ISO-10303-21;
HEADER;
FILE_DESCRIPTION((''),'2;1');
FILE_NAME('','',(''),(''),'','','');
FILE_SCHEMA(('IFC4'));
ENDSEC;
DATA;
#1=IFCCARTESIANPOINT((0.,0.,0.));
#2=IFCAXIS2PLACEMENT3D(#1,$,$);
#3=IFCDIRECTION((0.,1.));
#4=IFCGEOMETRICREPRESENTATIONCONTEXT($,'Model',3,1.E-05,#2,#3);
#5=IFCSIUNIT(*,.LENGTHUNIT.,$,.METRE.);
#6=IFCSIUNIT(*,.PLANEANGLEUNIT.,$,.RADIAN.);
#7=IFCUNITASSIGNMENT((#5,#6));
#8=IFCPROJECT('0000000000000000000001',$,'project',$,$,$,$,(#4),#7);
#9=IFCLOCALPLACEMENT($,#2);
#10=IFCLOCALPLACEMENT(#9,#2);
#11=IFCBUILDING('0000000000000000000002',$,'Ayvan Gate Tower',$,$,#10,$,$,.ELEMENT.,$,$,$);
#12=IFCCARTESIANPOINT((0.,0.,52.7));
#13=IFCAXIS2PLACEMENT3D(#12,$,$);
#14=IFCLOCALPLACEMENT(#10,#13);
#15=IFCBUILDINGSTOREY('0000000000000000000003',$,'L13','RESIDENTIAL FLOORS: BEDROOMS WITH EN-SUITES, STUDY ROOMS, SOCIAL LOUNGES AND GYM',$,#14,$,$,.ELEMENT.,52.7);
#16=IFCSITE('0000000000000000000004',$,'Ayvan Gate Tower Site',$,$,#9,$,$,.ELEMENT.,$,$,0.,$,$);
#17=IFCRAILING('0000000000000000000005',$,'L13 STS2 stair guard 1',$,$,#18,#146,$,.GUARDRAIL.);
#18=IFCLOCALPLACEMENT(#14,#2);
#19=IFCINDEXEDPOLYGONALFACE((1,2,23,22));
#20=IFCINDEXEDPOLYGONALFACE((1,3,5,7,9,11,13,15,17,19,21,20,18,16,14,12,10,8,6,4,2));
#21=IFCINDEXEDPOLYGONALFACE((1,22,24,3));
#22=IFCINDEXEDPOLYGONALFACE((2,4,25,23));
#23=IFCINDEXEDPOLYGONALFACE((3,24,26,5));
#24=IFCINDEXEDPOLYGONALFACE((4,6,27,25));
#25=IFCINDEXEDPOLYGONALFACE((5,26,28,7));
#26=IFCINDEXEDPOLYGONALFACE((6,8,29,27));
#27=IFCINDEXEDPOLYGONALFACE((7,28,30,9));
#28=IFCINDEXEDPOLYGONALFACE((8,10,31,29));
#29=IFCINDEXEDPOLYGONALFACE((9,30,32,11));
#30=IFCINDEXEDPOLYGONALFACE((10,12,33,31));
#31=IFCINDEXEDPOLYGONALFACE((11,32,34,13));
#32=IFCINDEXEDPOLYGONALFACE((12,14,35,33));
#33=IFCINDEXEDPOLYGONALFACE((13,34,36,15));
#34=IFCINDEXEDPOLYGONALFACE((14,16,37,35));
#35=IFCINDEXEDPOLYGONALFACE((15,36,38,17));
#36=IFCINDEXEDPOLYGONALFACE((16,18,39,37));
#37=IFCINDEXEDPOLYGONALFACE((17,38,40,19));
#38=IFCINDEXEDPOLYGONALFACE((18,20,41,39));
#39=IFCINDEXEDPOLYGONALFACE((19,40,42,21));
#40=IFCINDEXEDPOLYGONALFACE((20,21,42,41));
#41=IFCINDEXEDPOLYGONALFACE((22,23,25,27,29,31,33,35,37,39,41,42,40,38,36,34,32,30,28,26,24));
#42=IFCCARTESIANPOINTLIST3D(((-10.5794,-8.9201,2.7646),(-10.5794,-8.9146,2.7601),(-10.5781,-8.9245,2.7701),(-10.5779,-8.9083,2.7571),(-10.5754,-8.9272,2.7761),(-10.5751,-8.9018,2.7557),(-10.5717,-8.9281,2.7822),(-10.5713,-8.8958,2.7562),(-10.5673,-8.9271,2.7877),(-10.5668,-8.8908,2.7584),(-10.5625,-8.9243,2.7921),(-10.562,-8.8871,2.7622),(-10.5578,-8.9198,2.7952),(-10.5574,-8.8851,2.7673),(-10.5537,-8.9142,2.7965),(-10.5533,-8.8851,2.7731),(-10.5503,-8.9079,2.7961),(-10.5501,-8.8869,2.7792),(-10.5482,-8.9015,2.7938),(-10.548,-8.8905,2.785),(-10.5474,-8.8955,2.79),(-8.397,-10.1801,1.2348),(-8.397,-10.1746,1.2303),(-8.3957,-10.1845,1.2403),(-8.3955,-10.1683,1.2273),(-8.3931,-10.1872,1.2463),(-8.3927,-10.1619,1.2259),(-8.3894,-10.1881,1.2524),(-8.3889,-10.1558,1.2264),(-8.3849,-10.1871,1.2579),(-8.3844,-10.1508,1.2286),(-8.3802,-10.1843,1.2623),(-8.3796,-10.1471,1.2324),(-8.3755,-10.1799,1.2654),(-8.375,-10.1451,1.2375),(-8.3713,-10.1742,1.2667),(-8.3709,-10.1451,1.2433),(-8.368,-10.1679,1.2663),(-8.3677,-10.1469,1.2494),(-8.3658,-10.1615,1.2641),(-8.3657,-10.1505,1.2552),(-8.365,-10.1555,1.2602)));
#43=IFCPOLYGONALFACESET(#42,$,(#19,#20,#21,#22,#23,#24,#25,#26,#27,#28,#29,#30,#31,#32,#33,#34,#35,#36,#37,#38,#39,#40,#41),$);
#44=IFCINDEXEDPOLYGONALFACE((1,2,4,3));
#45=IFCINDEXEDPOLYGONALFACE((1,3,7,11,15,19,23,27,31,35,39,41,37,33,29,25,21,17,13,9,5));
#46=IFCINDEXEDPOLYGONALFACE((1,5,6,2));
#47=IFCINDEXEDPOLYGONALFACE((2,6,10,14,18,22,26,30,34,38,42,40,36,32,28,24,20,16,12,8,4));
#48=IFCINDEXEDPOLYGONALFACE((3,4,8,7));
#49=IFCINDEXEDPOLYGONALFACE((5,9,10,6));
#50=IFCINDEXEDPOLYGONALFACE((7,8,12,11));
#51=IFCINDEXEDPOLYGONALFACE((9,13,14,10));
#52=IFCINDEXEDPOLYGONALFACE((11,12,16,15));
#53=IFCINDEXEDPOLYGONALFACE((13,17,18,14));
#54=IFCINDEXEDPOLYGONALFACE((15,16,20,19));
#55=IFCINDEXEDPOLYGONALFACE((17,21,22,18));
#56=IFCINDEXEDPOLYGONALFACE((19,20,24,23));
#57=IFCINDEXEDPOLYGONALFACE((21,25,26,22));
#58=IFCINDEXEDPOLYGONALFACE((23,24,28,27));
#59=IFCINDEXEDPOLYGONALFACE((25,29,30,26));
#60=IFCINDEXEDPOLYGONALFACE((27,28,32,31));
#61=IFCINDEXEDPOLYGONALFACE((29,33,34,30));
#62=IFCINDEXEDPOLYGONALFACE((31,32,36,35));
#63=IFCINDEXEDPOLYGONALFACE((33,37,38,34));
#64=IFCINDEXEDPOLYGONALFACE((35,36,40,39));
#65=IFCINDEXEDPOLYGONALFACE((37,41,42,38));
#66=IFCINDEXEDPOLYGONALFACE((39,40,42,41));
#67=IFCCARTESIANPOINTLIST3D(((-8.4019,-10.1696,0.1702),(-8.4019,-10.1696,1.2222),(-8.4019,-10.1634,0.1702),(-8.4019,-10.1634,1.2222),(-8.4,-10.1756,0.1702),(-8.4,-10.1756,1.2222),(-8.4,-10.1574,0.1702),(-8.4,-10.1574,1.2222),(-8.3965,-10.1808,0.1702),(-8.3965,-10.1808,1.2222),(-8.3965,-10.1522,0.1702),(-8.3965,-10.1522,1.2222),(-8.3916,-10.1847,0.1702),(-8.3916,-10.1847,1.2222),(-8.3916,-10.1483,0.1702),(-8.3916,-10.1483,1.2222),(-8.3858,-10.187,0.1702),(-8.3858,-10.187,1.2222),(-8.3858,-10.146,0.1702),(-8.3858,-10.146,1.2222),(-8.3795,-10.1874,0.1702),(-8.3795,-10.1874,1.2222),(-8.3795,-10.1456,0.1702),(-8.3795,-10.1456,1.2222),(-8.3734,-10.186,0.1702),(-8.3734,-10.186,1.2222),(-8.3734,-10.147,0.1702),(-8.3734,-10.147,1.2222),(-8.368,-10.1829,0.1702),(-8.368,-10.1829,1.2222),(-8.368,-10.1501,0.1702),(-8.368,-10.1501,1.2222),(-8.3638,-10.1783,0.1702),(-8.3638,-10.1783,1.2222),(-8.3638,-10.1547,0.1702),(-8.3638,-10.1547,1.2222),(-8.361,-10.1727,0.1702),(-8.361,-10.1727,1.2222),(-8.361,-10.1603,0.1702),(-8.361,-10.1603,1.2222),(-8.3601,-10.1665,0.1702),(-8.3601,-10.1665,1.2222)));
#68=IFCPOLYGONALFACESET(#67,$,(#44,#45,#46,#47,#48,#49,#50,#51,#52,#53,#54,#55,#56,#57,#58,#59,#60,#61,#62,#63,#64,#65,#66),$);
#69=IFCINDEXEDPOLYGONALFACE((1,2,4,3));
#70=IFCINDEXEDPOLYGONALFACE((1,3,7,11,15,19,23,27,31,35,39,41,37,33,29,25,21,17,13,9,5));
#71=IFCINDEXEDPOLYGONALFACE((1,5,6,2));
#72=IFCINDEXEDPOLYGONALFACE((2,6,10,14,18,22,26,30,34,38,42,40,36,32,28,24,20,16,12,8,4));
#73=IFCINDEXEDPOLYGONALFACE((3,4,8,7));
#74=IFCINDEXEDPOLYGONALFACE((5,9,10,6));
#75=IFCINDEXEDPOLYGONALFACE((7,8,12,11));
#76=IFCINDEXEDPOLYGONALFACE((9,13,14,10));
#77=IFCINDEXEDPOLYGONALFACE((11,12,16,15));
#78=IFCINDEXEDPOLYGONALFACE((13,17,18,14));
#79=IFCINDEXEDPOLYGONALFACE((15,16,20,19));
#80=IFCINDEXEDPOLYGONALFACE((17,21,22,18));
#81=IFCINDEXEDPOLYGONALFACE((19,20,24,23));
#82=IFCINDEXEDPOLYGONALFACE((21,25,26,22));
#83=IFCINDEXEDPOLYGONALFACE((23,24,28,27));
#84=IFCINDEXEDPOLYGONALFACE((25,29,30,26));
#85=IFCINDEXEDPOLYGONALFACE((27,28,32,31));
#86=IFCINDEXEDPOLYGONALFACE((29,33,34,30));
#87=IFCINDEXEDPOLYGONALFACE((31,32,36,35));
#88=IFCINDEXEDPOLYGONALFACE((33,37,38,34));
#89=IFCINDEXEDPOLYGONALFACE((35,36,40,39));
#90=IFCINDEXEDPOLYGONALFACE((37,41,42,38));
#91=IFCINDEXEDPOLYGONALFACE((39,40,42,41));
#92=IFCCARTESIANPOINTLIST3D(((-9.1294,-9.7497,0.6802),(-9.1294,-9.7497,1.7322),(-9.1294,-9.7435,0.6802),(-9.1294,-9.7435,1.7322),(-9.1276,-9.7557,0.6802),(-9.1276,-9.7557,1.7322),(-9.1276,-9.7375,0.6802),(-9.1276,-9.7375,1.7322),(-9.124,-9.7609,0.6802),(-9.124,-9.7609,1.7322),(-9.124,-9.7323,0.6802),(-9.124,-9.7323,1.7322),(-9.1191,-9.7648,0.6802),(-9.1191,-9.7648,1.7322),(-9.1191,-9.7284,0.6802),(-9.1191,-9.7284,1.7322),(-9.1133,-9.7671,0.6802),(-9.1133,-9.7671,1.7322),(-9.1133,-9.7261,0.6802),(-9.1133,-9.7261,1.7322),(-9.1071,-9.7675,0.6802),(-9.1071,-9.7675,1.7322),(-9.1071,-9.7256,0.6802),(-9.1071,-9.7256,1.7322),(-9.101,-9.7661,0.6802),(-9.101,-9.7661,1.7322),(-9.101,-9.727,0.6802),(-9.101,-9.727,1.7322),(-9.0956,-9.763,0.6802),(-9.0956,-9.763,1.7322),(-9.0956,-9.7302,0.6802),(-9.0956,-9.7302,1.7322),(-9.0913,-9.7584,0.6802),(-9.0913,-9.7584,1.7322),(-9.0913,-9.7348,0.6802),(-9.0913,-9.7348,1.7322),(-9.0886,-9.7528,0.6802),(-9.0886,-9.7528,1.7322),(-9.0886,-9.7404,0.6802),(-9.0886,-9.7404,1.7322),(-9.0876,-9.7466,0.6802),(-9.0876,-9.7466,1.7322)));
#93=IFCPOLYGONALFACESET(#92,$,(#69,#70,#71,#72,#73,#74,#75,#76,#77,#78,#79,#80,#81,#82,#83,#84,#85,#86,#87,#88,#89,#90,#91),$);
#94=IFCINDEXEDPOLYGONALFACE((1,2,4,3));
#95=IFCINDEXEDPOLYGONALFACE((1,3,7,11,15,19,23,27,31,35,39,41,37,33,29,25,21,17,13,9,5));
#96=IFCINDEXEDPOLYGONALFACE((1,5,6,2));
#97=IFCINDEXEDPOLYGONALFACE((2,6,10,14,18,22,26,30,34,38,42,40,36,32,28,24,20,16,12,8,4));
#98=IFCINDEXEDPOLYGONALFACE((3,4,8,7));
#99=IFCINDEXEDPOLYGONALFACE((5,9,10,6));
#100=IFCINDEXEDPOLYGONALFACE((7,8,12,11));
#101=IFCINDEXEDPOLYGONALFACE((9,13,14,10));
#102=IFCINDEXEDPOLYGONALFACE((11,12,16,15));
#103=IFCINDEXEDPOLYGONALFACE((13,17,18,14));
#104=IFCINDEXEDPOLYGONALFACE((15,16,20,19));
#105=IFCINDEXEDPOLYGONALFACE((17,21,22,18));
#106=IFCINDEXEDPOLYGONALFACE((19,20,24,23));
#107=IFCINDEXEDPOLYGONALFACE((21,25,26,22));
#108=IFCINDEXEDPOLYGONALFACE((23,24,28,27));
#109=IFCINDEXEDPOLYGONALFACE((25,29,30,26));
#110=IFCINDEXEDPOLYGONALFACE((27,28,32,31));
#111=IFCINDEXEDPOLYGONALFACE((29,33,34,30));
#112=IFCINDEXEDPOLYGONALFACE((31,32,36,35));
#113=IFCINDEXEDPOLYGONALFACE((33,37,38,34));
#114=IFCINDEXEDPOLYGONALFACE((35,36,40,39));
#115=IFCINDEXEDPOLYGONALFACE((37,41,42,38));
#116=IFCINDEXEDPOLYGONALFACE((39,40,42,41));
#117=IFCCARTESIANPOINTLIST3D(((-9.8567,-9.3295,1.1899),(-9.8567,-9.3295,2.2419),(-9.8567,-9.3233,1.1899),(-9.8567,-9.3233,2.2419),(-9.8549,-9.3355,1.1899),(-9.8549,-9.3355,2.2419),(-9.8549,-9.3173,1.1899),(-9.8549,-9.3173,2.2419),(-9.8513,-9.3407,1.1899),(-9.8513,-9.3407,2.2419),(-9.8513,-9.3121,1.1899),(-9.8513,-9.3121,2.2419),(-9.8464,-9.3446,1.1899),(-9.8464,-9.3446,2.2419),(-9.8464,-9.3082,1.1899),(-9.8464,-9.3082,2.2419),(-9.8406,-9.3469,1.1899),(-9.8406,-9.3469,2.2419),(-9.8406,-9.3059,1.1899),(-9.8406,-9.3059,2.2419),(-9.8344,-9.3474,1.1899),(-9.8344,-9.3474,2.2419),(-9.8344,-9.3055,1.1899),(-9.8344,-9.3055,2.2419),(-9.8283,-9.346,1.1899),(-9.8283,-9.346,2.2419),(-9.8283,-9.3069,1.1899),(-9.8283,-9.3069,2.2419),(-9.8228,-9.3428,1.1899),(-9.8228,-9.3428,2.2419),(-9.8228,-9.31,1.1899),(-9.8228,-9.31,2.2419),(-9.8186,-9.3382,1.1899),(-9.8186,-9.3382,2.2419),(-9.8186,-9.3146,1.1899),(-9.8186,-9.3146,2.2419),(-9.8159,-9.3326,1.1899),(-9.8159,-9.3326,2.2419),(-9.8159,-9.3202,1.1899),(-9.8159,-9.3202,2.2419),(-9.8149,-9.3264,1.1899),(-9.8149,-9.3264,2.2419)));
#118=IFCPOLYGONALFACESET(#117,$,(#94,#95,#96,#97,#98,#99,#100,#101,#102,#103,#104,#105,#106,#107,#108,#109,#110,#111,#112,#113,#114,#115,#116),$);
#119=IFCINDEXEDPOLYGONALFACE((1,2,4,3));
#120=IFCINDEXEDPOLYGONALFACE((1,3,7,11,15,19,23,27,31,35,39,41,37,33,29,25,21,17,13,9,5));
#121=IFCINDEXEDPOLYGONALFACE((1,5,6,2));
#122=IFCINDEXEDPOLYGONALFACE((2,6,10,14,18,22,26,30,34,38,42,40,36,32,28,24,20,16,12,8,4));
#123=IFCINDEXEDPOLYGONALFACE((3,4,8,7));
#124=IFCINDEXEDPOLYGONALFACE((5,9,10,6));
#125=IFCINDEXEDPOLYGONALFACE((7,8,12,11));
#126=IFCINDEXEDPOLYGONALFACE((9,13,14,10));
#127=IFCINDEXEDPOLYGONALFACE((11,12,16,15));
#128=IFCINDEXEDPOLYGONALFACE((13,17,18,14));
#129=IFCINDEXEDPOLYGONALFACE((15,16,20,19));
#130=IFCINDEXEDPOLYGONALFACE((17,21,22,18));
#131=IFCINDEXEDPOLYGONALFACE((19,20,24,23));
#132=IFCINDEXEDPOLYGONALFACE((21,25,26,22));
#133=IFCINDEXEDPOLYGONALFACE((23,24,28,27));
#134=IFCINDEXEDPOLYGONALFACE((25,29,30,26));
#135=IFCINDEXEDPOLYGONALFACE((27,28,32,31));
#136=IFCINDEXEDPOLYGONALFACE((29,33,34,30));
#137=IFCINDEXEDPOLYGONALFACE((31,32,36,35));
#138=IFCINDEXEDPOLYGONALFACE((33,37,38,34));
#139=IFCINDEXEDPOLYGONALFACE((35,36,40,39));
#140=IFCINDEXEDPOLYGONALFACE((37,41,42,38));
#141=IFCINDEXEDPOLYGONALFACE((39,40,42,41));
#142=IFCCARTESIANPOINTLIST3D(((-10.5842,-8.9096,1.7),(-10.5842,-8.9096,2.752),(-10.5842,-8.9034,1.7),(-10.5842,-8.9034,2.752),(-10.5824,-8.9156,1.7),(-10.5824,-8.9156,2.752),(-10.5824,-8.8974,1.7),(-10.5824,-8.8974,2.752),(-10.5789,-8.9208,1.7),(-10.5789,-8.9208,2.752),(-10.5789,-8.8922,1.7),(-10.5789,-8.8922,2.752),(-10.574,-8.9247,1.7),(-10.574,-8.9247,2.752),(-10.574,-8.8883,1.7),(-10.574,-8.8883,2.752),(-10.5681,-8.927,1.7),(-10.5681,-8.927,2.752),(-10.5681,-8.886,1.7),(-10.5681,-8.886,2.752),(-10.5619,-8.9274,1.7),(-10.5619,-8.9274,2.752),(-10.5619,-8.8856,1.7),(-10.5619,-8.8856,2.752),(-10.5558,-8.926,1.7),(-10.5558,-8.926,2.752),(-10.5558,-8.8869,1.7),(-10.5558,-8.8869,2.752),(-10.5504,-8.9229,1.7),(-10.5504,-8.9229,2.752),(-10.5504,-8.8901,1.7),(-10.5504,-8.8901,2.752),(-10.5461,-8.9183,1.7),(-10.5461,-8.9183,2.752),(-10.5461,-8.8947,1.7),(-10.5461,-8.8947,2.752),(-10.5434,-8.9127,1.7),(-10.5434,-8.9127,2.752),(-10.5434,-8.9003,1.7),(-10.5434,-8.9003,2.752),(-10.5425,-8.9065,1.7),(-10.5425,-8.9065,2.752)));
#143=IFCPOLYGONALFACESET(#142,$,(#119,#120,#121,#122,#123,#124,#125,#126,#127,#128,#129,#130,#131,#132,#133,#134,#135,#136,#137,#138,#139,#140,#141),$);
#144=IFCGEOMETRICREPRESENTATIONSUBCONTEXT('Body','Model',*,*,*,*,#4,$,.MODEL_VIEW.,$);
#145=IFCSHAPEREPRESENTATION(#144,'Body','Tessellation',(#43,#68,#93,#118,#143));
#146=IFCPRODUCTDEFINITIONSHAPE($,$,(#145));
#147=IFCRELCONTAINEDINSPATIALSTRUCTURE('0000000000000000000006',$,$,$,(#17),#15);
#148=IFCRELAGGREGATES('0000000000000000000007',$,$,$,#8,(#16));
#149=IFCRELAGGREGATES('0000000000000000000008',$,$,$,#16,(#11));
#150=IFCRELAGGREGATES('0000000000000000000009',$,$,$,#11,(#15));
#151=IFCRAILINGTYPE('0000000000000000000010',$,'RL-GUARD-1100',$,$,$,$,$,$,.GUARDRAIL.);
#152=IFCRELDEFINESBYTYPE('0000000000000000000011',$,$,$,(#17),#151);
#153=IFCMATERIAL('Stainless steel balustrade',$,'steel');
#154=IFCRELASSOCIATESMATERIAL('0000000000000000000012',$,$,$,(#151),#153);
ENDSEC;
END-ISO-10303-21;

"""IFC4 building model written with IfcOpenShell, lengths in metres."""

from ifc_helpers import new_model, si_unit, direction, frame, origin, origin_2d, place, context, subcontext, project, spatial, circle, extrude, material, type_object, element, save


model = new_model("IFC4")

# Units and contexts
model_context = context("Model", 3, precision=1e-05, world=origin(), true_north=direction((0.0, 1.0)))
body_context = subcontext(model_context, "Body", "Model", "MODEL_VIEW")
ifc_project = project(units=[si_unit("LENGTHUNIT", "METRE"), si_unit("PLANEANGLEUNIT", "RADIAN")], contexts=[model_context])

# Site, building, storey
site_placement = place(None, origin())
site = spatial("IfcSite", under=ifc_project, at=site_placement, Name="Ayvan Gate Tower Site", CompositionType="ELEMENT", RefElevation=0.0)
building_placement = place(site_placement, origin())
building = spatial("IfcBuilding", under=site, at=building_placement, Name="Ayvan Gate Tower", CompositionType="ELEMENT")
storey_placement = place(building_placement, frame((0.0, 0.0, 52.7)))
storey = spatial("IfcBuildingStorey", under=building, at=storey_placement, Name="L13", Description="RESIDENTIAL FLOORS: BEDROOMS WITH EN-SUITES, STUDY ROOMS, SOCIAL LOUNGES AND GYM", CompositionType="ELEMENT", Elevation=52.7)

# Railing
ifc_material_1 = material(Name="Stainless steel balustrade", Category="steel")
railing_type_1 = type_object("IfcRailingType", Name="RL-GUARD-1100", PredefinedType="GUARDRAIL", material=ifc_material_1)
railing_1_placement = place(storey_placement, frame((-8.3811, -10.1665, 0.1702)))
element("IfcRailing", 1, at=railing_1_placement, inside=storey, type_object=railing_type_1, Name="L13 STS2 stair guard 1", PredefinedType="GUARDRAIL", context=body_context, shape_type="SweptSolid", body=[
    extrude(circle(Radius=0.0239, at=origin_2d()), frame((0.0, 0.0, 1.0762), z_axis=(-0.740293, 0.427414, 0.518926), x_axis=(-0.500005, -0.866023, 0.0)), (0.0, 0.0, 1.0), 2.948),
    extrude(circle(Radius=0.021, at=origin_2d()), origin(), (0.0, 0.0, 1.0), 1.052),
    extrude(circle(Radius=0.021, at=origin_2d()), frame((-0.7275, 0.4199, 0.51)), (0.0, 0.0, 1.0), 1.052),
    extrude(circle(Radius=0.021, at=origin_2d()), frame((-1.4548, 0.8401, 1.0198)), (0.0, 0.0, 1.0), 1.052),
    extrude(circle(Radius=0.021, at=origin_2d()), frame((-2.1824, 1.26, 1.5298)), (0.0, 0.0, 1.0), 1.052),
])

save(model, "model.ifc")
